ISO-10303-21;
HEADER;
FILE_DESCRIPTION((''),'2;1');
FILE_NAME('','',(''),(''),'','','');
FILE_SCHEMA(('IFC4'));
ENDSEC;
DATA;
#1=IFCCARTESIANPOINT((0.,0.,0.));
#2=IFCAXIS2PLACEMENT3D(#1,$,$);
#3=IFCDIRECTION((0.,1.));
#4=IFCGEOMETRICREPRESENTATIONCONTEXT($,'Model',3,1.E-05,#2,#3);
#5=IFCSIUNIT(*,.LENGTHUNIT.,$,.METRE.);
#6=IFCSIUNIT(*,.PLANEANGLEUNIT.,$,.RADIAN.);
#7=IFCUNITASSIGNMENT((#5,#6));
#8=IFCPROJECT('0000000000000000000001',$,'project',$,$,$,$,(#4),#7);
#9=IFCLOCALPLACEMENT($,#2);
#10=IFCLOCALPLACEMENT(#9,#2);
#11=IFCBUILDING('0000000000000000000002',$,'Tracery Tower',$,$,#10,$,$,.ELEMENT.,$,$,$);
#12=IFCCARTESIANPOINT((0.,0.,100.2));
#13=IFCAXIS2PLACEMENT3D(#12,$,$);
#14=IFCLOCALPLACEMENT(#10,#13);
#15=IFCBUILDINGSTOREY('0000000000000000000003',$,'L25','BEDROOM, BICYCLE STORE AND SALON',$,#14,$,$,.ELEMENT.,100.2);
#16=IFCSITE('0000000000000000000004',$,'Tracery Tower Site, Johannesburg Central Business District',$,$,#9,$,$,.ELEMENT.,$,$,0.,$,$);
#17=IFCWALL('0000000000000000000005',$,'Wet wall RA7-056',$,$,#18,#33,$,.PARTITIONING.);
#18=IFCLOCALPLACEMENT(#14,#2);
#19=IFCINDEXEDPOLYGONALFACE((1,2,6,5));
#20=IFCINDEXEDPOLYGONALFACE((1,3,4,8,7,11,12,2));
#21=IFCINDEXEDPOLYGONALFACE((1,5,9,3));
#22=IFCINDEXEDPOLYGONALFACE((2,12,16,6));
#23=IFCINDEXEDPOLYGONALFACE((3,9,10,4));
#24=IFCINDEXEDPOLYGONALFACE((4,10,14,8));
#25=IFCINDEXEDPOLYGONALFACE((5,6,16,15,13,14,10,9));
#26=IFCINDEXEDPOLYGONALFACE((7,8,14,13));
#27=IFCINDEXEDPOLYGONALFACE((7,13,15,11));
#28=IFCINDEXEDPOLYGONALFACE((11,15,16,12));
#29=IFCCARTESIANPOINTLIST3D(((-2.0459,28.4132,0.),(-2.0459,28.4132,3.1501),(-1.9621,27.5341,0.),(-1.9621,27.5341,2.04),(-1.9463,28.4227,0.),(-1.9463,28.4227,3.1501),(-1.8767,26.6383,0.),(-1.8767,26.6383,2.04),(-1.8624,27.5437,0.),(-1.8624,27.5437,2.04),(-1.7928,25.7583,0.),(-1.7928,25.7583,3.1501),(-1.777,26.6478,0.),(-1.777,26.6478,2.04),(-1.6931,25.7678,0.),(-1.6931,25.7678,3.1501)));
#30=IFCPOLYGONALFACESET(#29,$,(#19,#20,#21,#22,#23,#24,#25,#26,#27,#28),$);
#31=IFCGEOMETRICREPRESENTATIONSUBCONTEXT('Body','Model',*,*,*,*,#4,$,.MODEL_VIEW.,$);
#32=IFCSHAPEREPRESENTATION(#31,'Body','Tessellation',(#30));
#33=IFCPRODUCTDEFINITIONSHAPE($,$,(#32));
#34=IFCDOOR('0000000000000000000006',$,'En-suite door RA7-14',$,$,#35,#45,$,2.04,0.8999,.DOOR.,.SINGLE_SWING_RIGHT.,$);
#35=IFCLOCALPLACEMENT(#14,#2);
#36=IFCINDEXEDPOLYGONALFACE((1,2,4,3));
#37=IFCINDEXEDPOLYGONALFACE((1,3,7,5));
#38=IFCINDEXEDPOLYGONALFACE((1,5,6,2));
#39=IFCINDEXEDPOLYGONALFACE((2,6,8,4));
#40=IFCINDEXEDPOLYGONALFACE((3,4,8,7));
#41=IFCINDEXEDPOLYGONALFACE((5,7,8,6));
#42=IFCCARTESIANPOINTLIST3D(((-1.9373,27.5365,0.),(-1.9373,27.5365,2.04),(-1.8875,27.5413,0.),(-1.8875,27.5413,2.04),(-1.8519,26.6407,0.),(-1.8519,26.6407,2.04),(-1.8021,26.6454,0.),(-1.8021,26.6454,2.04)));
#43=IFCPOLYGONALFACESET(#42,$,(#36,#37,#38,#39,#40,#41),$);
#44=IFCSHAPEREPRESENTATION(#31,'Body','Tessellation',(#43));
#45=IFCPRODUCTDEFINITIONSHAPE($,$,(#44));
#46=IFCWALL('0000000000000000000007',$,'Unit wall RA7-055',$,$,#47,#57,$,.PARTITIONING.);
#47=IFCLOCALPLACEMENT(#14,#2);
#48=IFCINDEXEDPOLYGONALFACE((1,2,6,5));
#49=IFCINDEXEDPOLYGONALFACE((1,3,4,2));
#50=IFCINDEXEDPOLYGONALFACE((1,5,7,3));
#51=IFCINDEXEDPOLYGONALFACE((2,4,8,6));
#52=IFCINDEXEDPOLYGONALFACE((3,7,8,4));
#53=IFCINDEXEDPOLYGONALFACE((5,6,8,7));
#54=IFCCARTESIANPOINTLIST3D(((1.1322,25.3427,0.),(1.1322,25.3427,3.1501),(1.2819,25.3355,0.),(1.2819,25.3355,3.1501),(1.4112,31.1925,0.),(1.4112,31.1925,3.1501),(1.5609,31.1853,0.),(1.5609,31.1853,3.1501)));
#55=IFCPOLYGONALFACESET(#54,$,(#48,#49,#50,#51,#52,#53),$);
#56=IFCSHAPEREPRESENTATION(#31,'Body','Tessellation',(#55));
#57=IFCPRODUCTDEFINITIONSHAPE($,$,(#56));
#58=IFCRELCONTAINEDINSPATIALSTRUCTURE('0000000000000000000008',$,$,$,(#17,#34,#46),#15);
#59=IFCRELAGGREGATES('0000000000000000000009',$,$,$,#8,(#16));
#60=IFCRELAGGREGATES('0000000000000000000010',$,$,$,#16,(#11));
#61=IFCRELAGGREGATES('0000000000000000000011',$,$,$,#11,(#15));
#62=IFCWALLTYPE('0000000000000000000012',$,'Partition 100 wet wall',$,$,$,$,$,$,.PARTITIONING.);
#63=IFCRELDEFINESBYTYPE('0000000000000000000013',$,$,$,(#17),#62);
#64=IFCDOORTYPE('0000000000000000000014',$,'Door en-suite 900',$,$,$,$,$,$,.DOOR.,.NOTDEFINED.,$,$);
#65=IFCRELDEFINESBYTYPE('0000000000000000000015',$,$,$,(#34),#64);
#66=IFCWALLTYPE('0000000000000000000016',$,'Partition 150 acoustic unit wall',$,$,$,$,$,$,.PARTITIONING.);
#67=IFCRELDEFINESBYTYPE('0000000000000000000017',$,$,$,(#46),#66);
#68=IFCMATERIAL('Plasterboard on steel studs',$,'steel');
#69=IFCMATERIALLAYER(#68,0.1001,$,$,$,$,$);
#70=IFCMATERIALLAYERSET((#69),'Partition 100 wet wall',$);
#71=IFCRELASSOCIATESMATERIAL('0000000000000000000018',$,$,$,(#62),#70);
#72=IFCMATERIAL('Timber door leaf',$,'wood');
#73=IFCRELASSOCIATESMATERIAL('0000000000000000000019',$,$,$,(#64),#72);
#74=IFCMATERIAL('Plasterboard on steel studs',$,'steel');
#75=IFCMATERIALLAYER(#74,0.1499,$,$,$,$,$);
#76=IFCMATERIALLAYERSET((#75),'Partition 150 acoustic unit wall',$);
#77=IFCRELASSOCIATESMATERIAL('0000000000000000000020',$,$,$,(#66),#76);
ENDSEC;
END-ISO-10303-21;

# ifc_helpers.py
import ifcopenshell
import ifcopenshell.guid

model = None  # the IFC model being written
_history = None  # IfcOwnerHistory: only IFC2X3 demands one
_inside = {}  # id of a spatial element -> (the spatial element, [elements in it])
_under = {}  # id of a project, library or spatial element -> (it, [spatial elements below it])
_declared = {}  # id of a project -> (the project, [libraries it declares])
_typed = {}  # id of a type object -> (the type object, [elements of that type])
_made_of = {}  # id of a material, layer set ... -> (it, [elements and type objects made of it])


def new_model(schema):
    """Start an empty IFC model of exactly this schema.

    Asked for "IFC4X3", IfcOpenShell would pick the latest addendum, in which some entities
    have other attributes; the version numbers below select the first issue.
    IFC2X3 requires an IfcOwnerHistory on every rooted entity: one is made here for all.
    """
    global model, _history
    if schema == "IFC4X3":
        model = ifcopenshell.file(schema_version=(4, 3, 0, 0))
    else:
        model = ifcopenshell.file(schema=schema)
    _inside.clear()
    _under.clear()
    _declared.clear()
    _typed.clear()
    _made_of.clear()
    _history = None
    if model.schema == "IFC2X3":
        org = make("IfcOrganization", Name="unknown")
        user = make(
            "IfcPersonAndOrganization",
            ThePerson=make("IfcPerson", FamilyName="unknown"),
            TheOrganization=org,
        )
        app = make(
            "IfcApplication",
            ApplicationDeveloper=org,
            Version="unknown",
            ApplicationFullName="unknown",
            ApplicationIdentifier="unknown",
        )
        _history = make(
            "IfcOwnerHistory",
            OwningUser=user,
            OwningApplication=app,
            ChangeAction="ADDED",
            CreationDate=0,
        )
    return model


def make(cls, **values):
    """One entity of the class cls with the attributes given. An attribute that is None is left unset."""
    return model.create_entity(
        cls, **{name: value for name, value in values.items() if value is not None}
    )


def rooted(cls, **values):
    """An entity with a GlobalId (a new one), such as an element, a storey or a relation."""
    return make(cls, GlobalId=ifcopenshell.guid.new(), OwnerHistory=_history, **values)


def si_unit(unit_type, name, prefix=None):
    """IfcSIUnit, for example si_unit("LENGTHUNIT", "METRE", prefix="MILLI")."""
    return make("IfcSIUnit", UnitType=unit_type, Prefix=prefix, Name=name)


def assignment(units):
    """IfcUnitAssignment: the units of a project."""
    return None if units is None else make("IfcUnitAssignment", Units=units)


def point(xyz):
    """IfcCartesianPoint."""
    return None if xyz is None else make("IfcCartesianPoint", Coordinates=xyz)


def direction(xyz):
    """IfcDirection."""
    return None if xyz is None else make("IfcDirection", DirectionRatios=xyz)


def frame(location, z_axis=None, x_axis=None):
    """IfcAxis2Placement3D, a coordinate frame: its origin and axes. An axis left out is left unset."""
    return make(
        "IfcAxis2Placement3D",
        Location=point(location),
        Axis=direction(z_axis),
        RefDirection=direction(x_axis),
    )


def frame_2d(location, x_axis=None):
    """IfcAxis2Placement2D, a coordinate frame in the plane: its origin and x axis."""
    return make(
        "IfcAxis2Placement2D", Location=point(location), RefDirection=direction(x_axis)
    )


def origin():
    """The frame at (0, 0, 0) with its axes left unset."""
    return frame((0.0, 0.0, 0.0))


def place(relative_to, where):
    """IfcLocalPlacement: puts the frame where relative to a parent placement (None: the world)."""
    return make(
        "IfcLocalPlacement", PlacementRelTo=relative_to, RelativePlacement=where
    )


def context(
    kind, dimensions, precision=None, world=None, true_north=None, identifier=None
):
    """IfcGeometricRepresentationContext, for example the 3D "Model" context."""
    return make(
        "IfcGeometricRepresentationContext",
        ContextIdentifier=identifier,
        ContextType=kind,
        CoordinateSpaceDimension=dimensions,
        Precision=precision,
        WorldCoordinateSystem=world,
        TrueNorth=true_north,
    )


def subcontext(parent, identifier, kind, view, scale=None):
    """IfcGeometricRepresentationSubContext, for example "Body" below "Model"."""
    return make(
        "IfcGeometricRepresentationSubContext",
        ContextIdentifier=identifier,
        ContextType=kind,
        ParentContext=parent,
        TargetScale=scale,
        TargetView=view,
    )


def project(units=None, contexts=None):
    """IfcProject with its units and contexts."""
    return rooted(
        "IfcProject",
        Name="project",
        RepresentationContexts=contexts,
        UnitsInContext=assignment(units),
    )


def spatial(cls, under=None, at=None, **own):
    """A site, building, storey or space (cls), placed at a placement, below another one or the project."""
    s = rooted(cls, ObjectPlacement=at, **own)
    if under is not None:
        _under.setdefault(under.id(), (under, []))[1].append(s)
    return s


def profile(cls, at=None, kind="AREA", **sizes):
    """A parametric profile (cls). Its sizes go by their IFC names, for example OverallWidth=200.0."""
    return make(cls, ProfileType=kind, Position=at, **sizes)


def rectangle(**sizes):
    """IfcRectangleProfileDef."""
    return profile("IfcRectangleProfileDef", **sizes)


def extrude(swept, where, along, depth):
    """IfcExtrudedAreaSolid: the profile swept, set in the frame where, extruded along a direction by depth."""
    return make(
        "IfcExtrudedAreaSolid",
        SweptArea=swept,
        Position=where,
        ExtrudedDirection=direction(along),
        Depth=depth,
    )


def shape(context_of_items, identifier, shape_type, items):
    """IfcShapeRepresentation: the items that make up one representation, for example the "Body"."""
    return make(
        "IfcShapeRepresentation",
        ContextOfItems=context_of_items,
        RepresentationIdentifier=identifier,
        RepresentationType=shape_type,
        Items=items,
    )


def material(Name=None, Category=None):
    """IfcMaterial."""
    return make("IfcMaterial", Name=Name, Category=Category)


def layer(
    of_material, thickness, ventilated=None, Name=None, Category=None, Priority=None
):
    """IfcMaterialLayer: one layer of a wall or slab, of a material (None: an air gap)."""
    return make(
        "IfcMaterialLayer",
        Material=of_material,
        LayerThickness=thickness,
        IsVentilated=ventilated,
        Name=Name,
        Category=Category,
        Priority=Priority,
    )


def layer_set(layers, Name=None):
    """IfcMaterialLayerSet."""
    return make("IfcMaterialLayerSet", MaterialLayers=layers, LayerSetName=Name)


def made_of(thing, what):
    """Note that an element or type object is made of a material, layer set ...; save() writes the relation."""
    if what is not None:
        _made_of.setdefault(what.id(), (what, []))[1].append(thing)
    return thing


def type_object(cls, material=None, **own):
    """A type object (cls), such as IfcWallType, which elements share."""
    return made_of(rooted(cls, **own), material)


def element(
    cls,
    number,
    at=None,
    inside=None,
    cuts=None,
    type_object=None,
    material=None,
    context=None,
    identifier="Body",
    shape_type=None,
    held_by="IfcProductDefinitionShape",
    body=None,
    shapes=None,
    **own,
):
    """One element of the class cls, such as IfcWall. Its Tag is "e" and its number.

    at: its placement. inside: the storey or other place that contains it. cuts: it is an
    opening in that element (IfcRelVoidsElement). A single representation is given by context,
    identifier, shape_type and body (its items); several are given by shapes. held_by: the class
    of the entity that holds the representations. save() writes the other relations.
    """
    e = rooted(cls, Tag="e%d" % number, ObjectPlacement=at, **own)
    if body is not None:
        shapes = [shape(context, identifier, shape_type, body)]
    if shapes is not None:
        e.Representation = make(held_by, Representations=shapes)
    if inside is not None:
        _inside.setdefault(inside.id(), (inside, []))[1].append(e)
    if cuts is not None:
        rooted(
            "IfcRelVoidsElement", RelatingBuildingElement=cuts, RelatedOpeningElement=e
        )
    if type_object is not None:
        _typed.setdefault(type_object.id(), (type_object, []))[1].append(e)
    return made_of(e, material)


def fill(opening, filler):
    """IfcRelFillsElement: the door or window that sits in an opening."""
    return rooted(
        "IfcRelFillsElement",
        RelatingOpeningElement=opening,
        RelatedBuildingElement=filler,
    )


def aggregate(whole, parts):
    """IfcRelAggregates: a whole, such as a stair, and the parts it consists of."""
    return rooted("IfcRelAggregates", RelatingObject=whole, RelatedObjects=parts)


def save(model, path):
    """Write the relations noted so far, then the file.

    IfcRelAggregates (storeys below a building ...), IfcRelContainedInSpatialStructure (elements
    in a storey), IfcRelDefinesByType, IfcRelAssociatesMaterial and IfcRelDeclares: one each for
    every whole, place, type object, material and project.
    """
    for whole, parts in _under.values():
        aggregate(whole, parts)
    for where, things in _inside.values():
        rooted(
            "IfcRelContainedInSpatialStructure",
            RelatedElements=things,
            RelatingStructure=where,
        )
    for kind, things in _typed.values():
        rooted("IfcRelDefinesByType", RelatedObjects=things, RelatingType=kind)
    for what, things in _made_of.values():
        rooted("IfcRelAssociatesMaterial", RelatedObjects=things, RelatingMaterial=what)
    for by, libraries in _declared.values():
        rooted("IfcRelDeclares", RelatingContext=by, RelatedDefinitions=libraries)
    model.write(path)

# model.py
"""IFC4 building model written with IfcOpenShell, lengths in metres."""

from ifc_helpers import new_model, si_unit, direction, frame, frame_2d, origin, place, context, subcontext, project, spatial, rectangle, extrude, material, layer, layer_set, type_object, element, fill, save


model = new_model("IFC4")

# Units and contexts
model_context = context("Model", 3, precision=1e-05, world=origin(), true_north=direction((0.0, 1.0)))
body_context = subcontext(model_context, "Body", "Model", "MODEL_VIEW")
ifc_project = project(units=[si_unit("LENGTHUNIT", "METRE"), si_unit("PLANEANGLEUNIT", "RADIAN")], contexts=[model_context])

# Site, building, storey
site_placement = place(None, origin())
site = spatial("IfcSite", under=ifc_project, at=site_placement, Name="Tracery Tower Site, Johannesburg Central Business District", CompositionType="ELEMENT", RefElevation=0.0)
building_placement = place(site_placement, origin())
building = spatial("IfcBuilding", under=site, at=building_placement, Name="Tracery Tower", CompositionType="ELEMENT")
storey_placement = place(building_placement, frame((0.0, 0.0, 100.2)))
storey = spatial("IfcBuildingStorey", under=building, at=storey_placement, Name="L25", Description="BEDROOM, BICYCLE STORE AND SALON", CompositionType="ELEMENT", Elevation=100.2)

# Wall, opening, door
ifc_material_1 = material(Name="Plasterboard on steel studs", Category="steel")
ifc_layer_1 = layer(ifc_material_1, 0.1001)
ifc_layer_set_1 = layer_set([ifc_layer_1], Name="Partition 100 wet wall")
wall_type_1 = type_object("IfcWallType", Name="Partition 100 wet wall", PredefinedType="PARTITIONING", material=ifc_layer_set_1)
ifc_material_2 = material(Name="Timber door leaf", Category="wood")
door_type = type_object("IfcDoorType", Name="Door en-suite 900", OperationType="NOTDEFINED", PredefinedType="DOOR", material=ifc_material_2)
wall_1_placement = place(storey_placement, frame((-1.9961, 28.418, 0.0), z_axis=(0.0, 0.0, 1.0), x_axis=(0.094926, -0.995484, 0.0)))
wall_1 = element("IfcWall", 1, at=wall_1_placement, inside=storey, type_object=wall_type_1, Name="Wet wall RA7-056", PredefinedType="PARTITIONING", context=body_context, shape_type="SweptSolid", body=[
    extrude(rectangle(XDim=2.667, YDim=0.1001, at=frame_2d((1.3335, 0.0))), origin(), (0.0, 0.0, 1.0), 3.1501),
])
opening_1_placement = place(wall_1_placement, frame((0.8831, 0.0, 0.0)))
opening_1 = element("IfcOpeningElement", 2, at=opening_1_placement, cuts=wall_1, PredefinedType="OPENING", context=body_context, shape_type="SweptSolid", body=[
    extrude(rectangle(XDim=0.8999, YDim=2.04, at=frame_2d((0.45, 1.02))), frame((0.0, 0.05, 0.0), z_axis=(0.0, -1.0, 0.0), x_axis=(1.0, 0.0, 0.0)), (0.0, 0.0, 1.0), 0.1001),
])
door_1_placement = place(opening_1_placement, origin())
door_1 = element("IfcDoor", 3, at=door_1_placement, inside=storey, type_object=door_type, Name="En-suite door RA7-14", OperationType="SINGLE_SWING_RIGHT", OverallHeight=2.04, OverallWidth=0.8999, PredefinedType="DOOR", context=body_context, shape_type="SweptSolid", body=[
    extrude(rectangle(XDim=0.8999, YDim=2.04, at=frame_2d((0.45, 1.02))), frame((0.0, 0.0249, 0.0), z_axis=(0.0, -1.0, 0.0), x_axis=(1.0, 0.0, 0.0)), (0.0, 0.0, 1.0), 0.05),
])
fill(opening_1, door_1)

# Wall
ifc_material_3 = material(Name="Plasterboard on steel studs", Category="steel")
ifc_layer_2 = layer(ifc_material_3, 0.1499)
ifc_layer_set_2 = layer_set([ifc_layer_2], Name="Partition 150 acoustic unit wall")
wall_type_2 = type_object("IfcWallType", Name="Partition 150 acoustic unit wall", PredefinedType="PARTITIONING", material=ifc_layer_set_2)
wall_2_placement = place(storey_placement, frame((1.207, 25.3391, 0.0), z_axis=(0.0, 0.0, 1.0), x_axis=(0.047648, 0.998864, 0.0)))
element("IfcWall", 4, at=wall_2_placement, inside=storey, type_object=wall_type_2, Name="Unit wall RA7-055", PredefinedType="PARTITIONING", context=body_context, shape_type="SweptSolid", body=[
    extrude(rectangle(XDim=5.8564, YDim=0.1499, at=frame_2d((2.9282, 0.0))), origin(), (0.0, 0.0, 1.0), 3.1501),
])

save(model, "model.ifc")
